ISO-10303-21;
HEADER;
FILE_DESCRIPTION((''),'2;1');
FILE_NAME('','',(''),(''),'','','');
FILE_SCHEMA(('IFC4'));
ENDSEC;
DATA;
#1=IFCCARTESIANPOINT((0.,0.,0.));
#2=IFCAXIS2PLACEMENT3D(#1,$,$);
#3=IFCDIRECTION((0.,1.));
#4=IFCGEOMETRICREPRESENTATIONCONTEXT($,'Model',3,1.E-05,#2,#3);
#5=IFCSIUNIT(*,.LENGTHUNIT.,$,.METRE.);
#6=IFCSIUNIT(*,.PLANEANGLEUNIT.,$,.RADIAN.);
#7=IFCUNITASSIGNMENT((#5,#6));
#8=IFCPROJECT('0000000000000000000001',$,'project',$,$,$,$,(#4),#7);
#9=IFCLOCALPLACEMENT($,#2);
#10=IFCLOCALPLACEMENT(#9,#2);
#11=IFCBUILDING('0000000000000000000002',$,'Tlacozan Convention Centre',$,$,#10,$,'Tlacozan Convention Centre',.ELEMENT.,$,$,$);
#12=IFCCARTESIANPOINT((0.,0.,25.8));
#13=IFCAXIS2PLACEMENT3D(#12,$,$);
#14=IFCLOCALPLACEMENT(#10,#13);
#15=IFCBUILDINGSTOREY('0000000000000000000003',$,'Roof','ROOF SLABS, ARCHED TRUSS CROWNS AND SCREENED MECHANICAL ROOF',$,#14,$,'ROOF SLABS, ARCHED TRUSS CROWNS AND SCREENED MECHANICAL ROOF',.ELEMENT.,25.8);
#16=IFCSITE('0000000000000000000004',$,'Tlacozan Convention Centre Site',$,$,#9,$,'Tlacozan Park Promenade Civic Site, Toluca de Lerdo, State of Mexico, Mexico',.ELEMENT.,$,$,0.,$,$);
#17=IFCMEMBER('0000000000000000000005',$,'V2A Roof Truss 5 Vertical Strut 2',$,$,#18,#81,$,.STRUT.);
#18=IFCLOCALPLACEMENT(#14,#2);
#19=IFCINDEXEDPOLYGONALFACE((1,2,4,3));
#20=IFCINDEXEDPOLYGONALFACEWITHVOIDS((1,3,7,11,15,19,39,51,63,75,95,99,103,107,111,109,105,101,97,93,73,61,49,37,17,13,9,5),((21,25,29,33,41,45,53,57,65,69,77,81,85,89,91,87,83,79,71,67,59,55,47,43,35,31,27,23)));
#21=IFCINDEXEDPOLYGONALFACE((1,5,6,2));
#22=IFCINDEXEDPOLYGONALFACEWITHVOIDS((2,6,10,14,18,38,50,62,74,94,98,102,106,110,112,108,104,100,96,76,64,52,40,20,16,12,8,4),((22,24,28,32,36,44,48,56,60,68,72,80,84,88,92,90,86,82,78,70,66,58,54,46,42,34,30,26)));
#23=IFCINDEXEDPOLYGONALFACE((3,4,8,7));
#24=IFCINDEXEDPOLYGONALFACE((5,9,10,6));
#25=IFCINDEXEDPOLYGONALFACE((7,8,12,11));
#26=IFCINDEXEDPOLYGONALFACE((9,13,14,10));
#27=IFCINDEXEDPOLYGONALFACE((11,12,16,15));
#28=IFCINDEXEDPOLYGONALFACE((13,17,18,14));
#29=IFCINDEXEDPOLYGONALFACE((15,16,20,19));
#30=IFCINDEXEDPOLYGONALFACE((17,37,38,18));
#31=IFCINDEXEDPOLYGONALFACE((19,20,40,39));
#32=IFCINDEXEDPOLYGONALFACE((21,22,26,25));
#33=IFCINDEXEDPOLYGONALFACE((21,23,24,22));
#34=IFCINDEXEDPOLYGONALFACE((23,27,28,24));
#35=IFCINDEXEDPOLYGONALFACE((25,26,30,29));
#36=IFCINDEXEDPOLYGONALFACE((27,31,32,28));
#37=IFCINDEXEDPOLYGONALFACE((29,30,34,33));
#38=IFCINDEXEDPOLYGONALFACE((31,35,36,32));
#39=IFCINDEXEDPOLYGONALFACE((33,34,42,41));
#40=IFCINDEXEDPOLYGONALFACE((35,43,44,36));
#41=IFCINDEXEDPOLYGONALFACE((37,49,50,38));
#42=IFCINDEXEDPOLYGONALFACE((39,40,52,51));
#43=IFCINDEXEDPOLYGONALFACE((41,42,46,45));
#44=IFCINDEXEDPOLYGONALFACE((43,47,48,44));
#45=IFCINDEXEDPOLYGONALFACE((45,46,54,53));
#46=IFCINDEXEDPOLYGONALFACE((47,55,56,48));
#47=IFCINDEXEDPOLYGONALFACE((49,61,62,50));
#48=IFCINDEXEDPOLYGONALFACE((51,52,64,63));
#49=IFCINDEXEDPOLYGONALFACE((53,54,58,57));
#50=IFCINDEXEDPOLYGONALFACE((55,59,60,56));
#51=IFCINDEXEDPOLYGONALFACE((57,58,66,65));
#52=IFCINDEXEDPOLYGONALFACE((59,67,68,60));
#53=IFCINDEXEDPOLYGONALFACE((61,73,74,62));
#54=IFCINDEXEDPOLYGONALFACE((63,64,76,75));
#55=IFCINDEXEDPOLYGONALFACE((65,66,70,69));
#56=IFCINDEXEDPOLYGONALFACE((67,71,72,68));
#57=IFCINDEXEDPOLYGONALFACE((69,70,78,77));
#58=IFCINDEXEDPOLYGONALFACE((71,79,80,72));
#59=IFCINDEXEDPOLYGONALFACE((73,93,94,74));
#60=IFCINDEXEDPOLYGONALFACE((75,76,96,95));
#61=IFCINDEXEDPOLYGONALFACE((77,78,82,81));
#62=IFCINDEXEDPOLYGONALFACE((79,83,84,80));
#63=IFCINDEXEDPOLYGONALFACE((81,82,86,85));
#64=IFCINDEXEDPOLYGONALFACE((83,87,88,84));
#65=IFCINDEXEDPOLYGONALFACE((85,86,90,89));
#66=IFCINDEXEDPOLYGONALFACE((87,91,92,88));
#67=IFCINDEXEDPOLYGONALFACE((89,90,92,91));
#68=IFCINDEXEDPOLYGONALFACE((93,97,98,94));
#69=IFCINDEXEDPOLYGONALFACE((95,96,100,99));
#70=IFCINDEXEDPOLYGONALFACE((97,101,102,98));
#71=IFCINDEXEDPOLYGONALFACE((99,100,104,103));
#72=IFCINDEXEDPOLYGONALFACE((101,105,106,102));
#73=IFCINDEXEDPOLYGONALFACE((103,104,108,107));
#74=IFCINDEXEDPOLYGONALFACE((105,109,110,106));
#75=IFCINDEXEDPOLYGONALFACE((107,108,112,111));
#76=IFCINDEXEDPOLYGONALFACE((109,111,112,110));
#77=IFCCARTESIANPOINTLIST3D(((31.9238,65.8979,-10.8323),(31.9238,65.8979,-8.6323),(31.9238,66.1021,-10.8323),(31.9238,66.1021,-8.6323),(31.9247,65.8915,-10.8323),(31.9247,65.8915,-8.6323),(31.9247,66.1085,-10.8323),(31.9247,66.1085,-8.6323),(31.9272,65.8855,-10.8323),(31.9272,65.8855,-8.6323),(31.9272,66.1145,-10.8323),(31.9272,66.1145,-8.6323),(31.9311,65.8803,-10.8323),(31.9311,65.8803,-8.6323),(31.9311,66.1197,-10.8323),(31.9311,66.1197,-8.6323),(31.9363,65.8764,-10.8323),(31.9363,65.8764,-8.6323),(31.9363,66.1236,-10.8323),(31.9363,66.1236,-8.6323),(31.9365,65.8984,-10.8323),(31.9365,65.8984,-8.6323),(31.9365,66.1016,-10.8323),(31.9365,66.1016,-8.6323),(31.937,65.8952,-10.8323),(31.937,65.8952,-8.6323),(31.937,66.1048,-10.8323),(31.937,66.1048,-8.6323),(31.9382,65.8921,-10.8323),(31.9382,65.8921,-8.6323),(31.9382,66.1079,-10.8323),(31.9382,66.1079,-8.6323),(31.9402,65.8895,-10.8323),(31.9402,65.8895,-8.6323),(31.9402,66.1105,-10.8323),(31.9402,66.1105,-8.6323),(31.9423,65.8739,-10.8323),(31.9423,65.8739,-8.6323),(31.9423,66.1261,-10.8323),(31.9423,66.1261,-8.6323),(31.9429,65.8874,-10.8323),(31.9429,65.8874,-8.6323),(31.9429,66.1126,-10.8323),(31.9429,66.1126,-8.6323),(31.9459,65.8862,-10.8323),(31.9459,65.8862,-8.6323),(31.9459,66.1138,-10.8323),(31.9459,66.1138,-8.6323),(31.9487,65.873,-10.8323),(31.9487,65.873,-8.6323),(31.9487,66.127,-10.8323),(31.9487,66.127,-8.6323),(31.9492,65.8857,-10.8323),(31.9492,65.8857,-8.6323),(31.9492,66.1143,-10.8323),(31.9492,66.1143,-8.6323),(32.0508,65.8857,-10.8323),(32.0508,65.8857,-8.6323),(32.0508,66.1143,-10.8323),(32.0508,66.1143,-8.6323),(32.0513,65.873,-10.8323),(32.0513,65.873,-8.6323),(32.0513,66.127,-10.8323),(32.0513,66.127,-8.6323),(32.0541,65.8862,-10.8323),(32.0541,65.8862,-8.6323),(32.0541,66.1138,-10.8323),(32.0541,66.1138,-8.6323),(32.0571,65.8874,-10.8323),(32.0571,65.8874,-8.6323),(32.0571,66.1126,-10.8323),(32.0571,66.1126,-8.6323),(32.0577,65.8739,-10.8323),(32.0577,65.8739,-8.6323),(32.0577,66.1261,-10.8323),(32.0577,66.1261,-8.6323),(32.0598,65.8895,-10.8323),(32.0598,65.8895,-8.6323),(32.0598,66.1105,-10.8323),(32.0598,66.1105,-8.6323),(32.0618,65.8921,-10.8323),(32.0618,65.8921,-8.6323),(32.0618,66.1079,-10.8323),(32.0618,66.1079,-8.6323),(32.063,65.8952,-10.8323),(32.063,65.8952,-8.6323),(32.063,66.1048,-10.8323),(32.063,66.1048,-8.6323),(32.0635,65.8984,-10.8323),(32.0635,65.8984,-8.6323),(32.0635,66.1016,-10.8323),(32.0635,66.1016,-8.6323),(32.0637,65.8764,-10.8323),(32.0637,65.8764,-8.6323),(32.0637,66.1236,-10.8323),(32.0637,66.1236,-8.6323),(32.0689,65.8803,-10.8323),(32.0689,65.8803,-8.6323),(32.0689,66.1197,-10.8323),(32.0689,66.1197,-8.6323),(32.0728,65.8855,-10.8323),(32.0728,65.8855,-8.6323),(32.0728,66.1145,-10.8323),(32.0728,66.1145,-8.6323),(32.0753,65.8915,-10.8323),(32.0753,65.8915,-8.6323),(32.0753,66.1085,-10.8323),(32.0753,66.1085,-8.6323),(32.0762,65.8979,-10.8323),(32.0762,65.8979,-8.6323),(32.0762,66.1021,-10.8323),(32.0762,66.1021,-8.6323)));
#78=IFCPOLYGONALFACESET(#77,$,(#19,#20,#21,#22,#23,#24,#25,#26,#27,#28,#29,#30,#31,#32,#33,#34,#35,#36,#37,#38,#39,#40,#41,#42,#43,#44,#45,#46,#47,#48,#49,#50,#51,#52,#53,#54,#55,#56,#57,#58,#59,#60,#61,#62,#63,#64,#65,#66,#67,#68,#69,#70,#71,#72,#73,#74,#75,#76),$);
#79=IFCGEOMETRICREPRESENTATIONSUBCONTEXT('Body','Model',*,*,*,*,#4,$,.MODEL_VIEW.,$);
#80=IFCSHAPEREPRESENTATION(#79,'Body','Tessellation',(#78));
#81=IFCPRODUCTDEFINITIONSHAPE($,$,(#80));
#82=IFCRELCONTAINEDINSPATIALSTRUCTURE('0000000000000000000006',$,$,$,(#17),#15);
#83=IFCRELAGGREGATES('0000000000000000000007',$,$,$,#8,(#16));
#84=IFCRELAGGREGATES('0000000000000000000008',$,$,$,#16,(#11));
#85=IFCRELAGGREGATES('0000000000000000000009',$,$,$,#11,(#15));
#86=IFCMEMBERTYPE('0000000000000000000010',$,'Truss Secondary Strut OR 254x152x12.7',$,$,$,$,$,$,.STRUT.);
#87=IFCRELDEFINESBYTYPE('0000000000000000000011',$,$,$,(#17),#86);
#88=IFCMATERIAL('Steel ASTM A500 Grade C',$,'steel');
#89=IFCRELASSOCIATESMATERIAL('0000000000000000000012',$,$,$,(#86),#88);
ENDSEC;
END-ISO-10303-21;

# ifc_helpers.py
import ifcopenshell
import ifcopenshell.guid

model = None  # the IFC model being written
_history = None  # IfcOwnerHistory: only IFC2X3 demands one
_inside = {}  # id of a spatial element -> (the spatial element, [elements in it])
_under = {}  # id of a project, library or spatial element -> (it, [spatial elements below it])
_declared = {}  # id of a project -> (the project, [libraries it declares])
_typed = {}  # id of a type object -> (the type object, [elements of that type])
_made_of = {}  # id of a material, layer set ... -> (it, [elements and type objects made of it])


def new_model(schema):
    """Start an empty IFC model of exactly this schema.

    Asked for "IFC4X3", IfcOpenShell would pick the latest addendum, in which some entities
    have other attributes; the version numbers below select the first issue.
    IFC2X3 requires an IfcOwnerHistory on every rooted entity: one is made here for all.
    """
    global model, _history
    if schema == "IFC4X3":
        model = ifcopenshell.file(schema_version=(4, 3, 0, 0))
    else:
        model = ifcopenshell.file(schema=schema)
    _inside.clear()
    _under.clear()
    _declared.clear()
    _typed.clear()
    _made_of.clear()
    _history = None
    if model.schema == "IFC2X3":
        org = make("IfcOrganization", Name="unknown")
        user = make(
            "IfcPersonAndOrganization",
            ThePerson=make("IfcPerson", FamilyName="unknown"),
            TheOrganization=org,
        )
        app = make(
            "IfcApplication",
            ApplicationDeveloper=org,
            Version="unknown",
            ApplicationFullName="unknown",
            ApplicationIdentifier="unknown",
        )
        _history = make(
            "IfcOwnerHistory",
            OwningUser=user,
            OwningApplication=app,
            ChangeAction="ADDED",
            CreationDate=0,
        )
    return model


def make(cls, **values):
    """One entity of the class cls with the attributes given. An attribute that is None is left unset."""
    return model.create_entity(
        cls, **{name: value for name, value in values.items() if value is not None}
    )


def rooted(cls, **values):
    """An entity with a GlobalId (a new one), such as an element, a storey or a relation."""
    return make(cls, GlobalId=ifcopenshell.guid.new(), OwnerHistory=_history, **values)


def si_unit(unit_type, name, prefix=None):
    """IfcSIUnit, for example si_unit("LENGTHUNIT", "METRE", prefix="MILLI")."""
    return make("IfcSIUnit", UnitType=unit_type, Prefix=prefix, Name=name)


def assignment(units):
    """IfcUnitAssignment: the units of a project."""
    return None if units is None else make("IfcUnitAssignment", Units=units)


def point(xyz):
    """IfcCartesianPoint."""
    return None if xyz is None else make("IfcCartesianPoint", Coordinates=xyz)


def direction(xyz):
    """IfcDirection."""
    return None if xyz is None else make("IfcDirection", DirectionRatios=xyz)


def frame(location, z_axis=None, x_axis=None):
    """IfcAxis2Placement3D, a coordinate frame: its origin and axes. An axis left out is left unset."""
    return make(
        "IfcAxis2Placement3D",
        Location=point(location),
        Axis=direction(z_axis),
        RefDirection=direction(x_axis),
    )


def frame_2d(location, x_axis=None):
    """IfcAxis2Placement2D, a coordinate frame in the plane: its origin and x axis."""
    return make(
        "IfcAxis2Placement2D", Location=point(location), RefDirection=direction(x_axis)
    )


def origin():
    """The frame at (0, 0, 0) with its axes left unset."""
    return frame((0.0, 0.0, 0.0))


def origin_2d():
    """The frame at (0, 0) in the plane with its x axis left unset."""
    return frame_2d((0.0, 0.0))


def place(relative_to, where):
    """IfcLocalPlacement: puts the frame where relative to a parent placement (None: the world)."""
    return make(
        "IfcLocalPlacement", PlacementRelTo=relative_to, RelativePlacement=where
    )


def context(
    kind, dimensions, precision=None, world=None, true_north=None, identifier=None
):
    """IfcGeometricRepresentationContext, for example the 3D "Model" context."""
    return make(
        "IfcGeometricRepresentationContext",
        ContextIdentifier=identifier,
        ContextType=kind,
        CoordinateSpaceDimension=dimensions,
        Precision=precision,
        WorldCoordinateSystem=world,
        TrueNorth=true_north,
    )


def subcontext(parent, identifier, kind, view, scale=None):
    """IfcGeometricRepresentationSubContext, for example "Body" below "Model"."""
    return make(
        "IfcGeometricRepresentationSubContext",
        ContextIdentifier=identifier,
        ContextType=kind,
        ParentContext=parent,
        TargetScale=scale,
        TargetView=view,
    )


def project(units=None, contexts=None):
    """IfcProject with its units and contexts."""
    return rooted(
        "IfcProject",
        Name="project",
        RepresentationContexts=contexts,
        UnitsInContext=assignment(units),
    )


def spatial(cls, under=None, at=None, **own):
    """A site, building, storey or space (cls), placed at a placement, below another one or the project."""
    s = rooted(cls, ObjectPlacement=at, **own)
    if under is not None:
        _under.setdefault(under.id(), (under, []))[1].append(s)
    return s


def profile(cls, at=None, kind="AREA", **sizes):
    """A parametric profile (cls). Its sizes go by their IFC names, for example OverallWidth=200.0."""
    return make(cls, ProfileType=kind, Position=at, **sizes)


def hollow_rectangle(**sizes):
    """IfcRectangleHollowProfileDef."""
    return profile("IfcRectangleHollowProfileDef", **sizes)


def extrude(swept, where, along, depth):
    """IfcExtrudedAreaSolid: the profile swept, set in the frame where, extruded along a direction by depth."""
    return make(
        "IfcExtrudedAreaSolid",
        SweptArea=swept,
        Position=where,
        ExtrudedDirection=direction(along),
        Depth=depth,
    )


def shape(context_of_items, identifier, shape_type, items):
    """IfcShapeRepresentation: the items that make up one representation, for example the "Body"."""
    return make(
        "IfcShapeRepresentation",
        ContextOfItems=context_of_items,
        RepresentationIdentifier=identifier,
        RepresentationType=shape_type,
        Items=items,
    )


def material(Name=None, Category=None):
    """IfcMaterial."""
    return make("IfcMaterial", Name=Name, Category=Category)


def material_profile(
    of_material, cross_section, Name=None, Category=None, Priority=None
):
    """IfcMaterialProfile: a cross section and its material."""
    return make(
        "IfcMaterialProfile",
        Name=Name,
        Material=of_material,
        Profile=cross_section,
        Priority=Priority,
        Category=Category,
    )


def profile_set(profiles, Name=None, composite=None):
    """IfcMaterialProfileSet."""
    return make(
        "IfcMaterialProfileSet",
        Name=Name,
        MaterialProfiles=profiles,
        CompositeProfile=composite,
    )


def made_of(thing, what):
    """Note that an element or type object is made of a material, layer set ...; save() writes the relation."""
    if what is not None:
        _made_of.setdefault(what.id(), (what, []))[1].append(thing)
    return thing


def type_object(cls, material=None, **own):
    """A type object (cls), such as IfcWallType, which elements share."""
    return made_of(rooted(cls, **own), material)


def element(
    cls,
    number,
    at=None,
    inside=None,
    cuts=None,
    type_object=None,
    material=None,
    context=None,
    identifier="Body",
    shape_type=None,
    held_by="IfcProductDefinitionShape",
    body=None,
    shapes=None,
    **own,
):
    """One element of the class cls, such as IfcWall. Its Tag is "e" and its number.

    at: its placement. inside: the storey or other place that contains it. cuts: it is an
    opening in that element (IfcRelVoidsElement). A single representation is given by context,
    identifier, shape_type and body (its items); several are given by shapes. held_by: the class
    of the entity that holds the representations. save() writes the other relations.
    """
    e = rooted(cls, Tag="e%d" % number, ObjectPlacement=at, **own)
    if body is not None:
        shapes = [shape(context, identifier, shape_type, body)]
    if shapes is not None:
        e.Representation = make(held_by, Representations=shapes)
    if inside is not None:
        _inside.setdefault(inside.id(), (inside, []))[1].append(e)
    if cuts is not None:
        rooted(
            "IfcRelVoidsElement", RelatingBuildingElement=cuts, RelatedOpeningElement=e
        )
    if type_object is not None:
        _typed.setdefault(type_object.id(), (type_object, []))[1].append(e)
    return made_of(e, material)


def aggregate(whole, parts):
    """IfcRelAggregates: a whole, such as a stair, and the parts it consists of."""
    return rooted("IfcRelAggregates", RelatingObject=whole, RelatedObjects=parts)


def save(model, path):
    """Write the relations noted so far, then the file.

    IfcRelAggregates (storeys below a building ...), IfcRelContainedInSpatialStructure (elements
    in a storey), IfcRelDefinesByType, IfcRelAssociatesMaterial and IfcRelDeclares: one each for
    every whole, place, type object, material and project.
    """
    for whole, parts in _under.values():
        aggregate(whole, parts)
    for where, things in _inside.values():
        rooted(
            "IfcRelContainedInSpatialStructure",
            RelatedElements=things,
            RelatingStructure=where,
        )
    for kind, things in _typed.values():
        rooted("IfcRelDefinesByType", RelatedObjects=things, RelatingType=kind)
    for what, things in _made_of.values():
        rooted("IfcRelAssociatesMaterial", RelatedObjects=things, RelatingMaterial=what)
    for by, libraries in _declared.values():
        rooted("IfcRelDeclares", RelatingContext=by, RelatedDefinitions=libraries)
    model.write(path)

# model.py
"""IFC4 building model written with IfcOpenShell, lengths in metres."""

from ifc_helpers import new_model, si_unit, direction, frame, origin, origin_2d, place, context, subcontext, project, spatial, hollow_rectangle, extrude, material, material_profile, profile_set, type_object, element, save


model = new_model("IFC4")

# Units and contexts
model_context = context("Model", 3, precision=1e-05, world=origin(), true_north=direction((0.0, 1.0)))
body_context = subcontext(model_context, "Body", "Model", "MODEL_VIEW")
ifc_project = project(units=[si_unit("LENGTHUNIT", "METRE"), si_unit("PLANEANGLEUNIT", "RADIAN")], contexts=[model_context])

# Site, building, storey
site_placement = place(None, origin())
site = spatial("IfcSite", under=ifc_project, at=site_placement, Name="Tlacozan Convention Centre Site", LongName="Tlacozan Park Promenade Civic Site, Toluca de Lerdo, State of Mexico, Mexico", CompositionType="ELEMENT", RefElevation=0.0)
building_placement = place(site_placement, origin())
building = spatial("IfcBuilding", under=site, at=building_placement, Name="Tlacozan Convention Centre", LongName="Tlacozan Convention Centre", CompositionType="ELEMENT")
storey_placement = place(building_placement, frame((0.0, 0.0, 25.8)))
storey = spatial("IfcBuildingStorey", under=building, at=storey_placement, Name="Roof", Description="ROOF SLABS, ARCHED TRUSS CROWNS AND SCREENED MECHANICAL ROOF", LongName="ROOF SLABS, ARCHED TRUSS CROWNS AND SCREENED MECHANICAL ROOF", CompositionType="ELEMENT", Elevation=25.8)

# Member
ifc_material_1 = material(Name="Steel ASTM A500 Grade C", Category="steel")
ifc_material_profile_1 = material_profile(ifc_material_1, hollow_rectangle(XDim=0.1523, YDim=0.2539, WallThickness=0.0127, InnerFilletRadius=0.0127, OuterFilletRadius=0.0249, at=origin_2d()), Name="OR 254x152x12.7")
ifc_profile_set_1 = profile_set([ifc_material_profile_1], Name="Steel ASTM A500 Grade C")
member_type_1 = type_object("IfcMemberType", Name="Truss Secondary Strut OR 254x152x12.7", PredefinedType="STRUT", material=ifc_profile_set_1)
for number, where, z_axis, x_axis, name in (
    (1, (32.0, 66.0, -10.8323), (0.0, 0.0, 1.0), (1.0, 0.0, 0.0), "V2A Roof Truss 5 Vertical Strut 2"),
):
    element("IfcMember", number, at=place(storey_placement, frame(where, z_axis=z_axis, x_axis=x_axis)), inside=storey, type_object=member_type_1, Name=name, PredefinedType="STRUT", context=body_context, shape_type="SweptSolid", body=[
        extrude(hollow_rectangle(XDim=0.1523, YDim=0.2539, WallThickness=0.0127, InnerFilletRadius=0.0127, OuterFilletRadius=0.0249, at=origin_2d()), origin(), (0.0, 0.0, 1.0), 2.2),
    ])

save(model, "model.ifc")
